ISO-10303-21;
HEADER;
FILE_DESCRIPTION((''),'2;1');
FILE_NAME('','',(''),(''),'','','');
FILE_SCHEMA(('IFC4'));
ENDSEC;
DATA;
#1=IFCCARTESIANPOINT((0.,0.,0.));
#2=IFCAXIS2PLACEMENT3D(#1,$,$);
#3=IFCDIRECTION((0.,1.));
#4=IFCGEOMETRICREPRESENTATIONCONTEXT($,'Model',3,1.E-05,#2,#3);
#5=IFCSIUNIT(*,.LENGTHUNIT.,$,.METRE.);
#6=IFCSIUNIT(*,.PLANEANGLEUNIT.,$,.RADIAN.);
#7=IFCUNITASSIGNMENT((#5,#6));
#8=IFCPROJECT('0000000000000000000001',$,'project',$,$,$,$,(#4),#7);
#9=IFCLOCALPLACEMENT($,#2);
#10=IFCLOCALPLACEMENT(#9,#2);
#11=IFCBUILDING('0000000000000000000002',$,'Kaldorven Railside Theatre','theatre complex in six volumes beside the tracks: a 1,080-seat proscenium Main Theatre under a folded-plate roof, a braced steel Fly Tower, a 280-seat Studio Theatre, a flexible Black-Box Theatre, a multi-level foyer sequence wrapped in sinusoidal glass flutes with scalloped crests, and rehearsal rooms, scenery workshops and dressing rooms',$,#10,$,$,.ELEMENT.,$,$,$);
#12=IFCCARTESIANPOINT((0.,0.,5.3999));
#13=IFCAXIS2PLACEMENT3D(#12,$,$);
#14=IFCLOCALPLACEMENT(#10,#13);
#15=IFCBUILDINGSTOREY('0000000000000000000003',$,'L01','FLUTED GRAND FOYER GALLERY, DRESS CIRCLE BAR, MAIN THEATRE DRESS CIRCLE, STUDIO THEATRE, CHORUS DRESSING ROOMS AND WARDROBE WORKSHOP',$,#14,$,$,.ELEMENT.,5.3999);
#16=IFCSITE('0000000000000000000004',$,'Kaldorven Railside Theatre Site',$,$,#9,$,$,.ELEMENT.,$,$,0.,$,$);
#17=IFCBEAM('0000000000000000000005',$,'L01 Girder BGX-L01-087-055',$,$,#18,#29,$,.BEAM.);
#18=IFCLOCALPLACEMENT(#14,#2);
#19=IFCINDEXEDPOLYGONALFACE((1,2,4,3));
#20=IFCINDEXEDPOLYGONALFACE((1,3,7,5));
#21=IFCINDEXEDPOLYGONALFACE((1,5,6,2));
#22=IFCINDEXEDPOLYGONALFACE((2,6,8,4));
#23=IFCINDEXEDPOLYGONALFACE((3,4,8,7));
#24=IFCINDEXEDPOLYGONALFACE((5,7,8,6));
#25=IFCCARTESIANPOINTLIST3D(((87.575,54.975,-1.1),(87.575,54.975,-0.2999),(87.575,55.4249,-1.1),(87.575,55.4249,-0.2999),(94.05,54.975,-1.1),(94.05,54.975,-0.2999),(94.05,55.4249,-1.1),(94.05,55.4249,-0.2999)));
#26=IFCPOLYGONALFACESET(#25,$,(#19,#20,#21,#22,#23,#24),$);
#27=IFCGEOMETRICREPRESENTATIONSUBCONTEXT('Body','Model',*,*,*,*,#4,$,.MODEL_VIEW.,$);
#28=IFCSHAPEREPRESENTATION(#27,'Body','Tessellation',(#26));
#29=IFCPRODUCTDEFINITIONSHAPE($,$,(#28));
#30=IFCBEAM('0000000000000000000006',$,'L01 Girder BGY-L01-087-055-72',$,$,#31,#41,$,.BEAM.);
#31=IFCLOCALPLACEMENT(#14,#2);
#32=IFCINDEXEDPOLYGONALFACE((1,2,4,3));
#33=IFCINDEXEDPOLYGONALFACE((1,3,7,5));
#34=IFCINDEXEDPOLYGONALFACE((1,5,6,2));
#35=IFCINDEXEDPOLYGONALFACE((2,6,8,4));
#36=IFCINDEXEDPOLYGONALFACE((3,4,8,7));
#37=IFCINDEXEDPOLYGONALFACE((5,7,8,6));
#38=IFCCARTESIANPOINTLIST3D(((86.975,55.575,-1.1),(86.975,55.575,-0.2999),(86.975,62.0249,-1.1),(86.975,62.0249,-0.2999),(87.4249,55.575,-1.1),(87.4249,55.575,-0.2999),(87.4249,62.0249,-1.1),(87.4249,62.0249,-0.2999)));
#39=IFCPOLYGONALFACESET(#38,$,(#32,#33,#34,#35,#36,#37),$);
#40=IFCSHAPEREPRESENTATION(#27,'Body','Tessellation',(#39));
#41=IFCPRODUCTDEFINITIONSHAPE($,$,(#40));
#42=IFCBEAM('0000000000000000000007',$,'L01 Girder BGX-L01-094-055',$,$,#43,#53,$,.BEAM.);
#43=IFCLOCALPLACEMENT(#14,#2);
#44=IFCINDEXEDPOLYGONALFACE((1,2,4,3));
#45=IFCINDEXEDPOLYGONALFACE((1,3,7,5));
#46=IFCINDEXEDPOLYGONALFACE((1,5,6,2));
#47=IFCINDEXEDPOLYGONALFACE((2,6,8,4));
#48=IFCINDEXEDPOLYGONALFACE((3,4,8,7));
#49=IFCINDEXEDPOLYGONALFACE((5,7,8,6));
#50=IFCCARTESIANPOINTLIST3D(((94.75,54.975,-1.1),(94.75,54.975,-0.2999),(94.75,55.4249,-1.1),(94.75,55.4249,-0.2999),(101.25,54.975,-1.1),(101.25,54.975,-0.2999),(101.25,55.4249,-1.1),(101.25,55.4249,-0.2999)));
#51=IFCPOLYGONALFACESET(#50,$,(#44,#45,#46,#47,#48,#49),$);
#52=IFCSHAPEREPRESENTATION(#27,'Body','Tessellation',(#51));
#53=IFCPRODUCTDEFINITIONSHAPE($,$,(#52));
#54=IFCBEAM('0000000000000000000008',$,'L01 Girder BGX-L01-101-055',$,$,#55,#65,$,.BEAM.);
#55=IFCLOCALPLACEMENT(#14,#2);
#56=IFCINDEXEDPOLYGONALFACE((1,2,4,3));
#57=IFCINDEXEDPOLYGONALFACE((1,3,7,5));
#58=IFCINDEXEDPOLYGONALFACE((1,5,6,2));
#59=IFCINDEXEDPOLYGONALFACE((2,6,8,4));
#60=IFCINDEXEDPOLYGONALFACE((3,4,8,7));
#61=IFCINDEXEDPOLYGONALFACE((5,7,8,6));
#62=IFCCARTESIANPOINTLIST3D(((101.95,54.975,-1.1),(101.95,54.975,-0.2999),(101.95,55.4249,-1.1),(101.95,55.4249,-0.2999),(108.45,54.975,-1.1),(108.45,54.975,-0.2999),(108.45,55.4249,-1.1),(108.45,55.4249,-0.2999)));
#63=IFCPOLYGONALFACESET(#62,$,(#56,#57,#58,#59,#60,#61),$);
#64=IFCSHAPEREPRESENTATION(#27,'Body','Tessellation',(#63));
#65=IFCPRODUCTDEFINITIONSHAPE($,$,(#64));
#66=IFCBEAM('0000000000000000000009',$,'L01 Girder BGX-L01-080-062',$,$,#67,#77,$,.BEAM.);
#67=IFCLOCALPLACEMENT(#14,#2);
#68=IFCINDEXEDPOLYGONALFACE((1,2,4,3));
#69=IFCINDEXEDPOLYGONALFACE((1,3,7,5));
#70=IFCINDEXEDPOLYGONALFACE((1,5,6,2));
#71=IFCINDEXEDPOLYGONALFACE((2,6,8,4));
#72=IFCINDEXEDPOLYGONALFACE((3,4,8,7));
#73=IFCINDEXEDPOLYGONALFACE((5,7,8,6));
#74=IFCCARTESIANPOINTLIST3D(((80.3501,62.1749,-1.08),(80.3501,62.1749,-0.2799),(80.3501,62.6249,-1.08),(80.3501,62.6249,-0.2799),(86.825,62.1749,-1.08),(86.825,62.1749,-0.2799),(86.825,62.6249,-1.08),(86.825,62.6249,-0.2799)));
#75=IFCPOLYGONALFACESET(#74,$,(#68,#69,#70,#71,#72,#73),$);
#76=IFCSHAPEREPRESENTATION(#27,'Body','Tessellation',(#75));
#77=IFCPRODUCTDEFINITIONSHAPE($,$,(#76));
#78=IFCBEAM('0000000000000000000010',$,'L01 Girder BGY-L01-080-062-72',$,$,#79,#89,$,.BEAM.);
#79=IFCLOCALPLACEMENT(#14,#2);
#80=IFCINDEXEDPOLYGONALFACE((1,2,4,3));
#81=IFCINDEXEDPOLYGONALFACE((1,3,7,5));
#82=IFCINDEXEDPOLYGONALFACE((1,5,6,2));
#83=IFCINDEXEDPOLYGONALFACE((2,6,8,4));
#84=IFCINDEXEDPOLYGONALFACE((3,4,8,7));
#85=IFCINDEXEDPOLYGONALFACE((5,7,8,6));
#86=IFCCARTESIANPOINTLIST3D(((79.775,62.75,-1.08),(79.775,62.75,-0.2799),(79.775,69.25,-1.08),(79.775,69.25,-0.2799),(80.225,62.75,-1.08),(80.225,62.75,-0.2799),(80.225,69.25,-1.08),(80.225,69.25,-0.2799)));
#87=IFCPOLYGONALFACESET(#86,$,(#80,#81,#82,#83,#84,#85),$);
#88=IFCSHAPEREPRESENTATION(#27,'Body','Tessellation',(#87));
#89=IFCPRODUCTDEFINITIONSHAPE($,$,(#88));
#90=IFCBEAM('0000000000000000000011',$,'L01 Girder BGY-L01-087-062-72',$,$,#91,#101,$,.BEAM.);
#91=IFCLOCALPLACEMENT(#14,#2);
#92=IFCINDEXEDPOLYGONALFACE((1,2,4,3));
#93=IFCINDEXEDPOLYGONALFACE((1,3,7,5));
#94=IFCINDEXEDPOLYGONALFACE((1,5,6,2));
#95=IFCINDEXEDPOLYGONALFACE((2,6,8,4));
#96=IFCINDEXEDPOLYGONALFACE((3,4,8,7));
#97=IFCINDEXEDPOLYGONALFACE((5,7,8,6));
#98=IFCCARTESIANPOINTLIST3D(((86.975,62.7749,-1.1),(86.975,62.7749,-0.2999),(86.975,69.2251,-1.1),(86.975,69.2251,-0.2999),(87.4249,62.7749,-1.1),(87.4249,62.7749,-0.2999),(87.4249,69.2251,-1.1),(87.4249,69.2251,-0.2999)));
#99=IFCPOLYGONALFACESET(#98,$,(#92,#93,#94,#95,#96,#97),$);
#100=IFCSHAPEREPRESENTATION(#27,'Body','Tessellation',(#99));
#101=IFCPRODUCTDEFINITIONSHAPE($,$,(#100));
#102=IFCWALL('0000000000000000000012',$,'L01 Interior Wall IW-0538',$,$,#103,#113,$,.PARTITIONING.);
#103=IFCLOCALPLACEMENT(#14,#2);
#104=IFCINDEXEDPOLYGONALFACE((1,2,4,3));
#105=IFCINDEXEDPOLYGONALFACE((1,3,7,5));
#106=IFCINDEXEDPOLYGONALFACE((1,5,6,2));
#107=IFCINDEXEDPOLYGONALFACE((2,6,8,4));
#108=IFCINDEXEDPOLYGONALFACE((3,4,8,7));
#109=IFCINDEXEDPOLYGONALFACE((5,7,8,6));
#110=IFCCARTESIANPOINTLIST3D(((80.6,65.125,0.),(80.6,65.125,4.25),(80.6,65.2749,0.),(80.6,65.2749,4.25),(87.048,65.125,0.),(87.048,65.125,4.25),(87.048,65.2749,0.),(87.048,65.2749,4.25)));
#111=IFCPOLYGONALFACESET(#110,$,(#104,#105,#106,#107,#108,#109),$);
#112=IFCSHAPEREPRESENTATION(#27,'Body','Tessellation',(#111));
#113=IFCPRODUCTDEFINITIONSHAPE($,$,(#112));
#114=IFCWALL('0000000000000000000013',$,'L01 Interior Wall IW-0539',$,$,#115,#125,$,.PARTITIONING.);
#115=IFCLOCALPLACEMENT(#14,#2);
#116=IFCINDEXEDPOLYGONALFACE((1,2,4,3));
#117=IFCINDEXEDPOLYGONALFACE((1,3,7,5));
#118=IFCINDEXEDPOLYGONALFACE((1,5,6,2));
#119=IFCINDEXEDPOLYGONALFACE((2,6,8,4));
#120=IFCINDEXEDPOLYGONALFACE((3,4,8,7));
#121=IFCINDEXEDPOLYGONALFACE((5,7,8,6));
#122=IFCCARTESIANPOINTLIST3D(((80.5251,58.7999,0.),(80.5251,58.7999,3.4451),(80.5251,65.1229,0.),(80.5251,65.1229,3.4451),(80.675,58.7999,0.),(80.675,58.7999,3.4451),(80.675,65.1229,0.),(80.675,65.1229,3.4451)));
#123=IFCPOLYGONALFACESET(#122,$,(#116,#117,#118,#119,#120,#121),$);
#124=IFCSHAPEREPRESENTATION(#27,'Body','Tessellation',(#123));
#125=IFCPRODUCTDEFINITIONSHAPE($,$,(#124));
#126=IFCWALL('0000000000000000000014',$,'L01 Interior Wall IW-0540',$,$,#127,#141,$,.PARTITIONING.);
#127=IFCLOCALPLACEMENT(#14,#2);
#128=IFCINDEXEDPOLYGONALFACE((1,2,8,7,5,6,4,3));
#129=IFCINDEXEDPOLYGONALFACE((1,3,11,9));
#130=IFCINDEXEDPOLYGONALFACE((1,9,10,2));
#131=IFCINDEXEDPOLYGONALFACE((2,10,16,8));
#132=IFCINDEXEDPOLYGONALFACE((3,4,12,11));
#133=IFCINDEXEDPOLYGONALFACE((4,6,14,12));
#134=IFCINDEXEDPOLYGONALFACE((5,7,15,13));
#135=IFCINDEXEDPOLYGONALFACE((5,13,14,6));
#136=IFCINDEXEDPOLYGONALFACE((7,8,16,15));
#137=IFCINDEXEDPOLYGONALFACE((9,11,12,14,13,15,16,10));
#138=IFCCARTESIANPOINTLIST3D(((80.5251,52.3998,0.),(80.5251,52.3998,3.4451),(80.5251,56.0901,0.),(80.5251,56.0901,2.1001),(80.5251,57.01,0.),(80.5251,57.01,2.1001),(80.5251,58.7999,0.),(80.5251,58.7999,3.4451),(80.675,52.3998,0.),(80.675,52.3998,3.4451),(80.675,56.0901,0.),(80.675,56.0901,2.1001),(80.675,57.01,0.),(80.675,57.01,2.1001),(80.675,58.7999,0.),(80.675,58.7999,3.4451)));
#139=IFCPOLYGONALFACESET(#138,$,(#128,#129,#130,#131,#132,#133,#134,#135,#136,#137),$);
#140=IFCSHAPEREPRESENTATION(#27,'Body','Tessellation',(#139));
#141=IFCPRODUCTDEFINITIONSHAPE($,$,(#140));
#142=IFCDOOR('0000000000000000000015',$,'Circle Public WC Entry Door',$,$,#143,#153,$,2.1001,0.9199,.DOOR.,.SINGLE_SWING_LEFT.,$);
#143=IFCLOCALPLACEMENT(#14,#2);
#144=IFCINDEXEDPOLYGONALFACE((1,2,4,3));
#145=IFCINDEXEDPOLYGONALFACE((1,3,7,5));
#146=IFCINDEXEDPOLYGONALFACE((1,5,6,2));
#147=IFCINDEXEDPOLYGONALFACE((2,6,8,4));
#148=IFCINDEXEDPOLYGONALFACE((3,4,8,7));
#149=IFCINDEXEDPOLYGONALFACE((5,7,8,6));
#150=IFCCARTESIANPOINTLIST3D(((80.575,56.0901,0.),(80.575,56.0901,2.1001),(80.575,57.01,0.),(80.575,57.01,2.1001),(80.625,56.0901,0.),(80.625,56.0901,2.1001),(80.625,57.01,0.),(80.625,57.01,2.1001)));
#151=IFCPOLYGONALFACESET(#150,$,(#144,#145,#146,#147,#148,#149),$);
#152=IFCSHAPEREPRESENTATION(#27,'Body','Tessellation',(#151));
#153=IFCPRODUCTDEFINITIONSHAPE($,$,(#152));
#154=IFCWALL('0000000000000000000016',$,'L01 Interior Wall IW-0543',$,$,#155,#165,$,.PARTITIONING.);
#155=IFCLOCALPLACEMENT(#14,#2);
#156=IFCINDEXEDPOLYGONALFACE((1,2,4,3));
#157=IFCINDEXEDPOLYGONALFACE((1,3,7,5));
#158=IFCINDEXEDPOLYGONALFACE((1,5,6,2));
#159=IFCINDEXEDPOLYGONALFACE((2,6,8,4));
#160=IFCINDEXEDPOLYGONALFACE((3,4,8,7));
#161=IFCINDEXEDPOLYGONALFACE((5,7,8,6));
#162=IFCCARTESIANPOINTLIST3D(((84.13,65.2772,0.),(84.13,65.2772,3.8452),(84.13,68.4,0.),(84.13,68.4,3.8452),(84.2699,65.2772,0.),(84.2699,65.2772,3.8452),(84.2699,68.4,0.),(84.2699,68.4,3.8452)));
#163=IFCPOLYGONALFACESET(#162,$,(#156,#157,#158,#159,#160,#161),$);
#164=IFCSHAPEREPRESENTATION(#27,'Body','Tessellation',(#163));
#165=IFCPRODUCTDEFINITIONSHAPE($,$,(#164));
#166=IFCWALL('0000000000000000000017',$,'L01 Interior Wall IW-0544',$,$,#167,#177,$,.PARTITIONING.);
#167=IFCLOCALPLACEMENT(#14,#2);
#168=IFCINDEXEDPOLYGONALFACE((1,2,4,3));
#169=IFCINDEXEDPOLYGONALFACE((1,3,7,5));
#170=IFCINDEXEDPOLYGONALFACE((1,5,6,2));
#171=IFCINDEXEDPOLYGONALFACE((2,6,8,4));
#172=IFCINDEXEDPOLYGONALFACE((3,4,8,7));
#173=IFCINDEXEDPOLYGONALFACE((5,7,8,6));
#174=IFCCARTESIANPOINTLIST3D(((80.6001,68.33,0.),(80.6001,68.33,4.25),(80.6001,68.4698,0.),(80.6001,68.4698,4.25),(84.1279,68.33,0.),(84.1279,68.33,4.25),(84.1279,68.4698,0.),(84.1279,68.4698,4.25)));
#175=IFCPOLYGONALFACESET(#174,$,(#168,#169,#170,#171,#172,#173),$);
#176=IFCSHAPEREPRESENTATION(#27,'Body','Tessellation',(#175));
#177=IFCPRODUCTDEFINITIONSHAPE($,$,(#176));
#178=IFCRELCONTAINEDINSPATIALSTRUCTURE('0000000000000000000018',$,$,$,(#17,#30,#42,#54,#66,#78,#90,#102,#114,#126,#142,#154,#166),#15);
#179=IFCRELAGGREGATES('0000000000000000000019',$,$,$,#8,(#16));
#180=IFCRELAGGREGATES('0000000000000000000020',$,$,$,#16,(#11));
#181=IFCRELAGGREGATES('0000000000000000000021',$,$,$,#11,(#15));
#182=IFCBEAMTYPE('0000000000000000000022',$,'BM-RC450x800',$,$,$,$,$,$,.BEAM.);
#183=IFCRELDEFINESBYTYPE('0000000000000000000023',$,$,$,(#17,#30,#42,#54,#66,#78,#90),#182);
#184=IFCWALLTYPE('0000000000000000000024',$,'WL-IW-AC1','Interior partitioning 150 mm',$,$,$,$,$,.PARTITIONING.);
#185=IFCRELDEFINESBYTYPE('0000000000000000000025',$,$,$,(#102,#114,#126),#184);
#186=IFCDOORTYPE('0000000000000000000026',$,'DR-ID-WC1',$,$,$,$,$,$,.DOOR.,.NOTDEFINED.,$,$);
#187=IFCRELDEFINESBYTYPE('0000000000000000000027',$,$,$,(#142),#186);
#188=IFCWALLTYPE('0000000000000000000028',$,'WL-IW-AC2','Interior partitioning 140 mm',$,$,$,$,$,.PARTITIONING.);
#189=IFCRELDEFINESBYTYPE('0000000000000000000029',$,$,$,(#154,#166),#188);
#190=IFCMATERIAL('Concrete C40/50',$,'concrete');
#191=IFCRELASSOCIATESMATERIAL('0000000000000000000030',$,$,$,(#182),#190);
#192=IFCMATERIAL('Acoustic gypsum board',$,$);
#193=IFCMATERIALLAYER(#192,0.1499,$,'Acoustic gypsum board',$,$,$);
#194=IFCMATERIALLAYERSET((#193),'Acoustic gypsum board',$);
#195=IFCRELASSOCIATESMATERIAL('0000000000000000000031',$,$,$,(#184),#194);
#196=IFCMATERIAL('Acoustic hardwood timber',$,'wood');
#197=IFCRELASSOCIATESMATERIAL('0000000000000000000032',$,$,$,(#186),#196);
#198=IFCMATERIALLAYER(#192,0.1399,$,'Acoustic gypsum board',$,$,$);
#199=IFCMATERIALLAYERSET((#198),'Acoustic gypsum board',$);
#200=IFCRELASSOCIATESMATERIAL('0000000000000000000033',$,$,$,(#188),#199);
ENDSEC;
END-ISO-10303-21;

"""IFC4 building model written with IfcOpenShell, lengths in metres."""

from ifc_helpers import new_model, si_unit, direction, frame, frame_2d, origin, origin_2d, place, context, subcontext, project, spatial, rectangle, extrude, material, layer, layer_set, material_profile, profile_set, type_object, element, fill, save


model = new_model("IFC4")

# Units and contexts
model_context = context("Model", 3, precision=1e-05, world=origin(), true_north=direction((0.0, 1.0)))
body_context = subcontext(model_context, "Body", "Model", "MODEL_VIEW")
ifc_project = project(units=[si_unit("LENGTHUNIT", "METRE"), si_unit("PLANEANGLEUNIT", "RADIAN")], contexts=[model_context])

# Site, building, storey
site_placement = place(None, origin())
site = spatial("IfcSite", under=ifc_project, at=site_placement, Name="Kaldorven Railside Theatre Site", CompositionType="ELEMENT", RefElevation=0.0)
building_placement = place(site_placement, origin())
building = spatial("IfcBuilding", under=site, at=building_placement, Name="Kaldorven Railside Theatre", Description="theatre complex in six volumes beside the tracks: a 1,080-seat proscenium Main Theatre under a folded-plate roof, a braced steel Fly Tower, a 280-seat Studio Theatre, a flexible Black-Box Theatre, a multi-level foyer sequence wrapped in sinusoidal glass flutes with scalloped crests, and rehearsal rooms, scenery workshops and dressing rooms", CompositionType="ELEMENT")
storey_placement = place(building_placement, frame((0.0, 0.0, 5.3999)))
storey = spatial("IfcBuildingStorey", under=building, at=storey_placement, Name="L01", Description="FLUTED GRAND FOYER GALLERY, DRESS CIRCLE BAR, MAIN THEATRE DRESS CIRCLE, STUDIO THEATRE, CHORUS DRESSING ROOMS AND WARDROBE WORKSHOP", CompositionType="ELEMENT", Elevation=5.3999)

# Shared definitions
ifc_material_1 = material(Name="Concrete C40/50", Category="concrete")

# Beams
ifc_material_profile_1 = material_profile(ifc_material_1, rectangle(XDim=0.45, YDim=0.8, at=origin_2d()), Name="RC 450x800")
ifc_profile_set_1 = profile_set([ifc_material_profile_1], Name="Concrete C40/50")
beam_type_1 = type_object("IfcBeamType", Name="BM-RC450x800", PredefinedType="BEAM", material=ifc_profile_set_1)
beam_1_placement = place(storey_placement, frame((87.575, 55.2, -0.7), z_axis=(1.0, 0.0, 0.0), x_axis=(0.0, 1.0, 0.0)))
element("IfcBeam", 1, at=beam_1_placement, inside=storey, type_object=beam_type_1, Name="L01 Girder BGX-L01-087-055", PredefinedType="BEAM", context=body_context, shape_type="SweptSolid", body=[
    extrude(rectangle(XDim=0.45, YDim=0.8, at=origin_2d()), origin(), (0.0, 0.0, 1.0), 6.4751),
])
beam_2_placement = place(storey_placement, frame((87.2, 55.575, -0.7), z_axis=(0.0, 1.0, 0.0), x_axis=(-1.0, 0.0, 0.0)))
element("IfcBeam", 2, at=beam_2_placement, inside=storey, type_object=beam_type_1, Name="L01 Girder BGY-L01-087-055-72", PredefinedType="BEAM", context=body_context, shape_type="SweptSolid", body=[
    extrude(rectangle(XDim=0.45, YDim=0.8, at=origin_2d()), origin(), (0.0, 0.0, 1.0), 6.45),
])
for number, where, z_axis, x_axis, name in (
    (3, (94.75, 55.2, -0.7), (1.0, 0.0, 0.0), (0.0, 1.0, 0.0), "L01 Girder BGX-L01-094-055"),
    (4, (101.95, 55.2, -0.7), (1.0, 0.0, 0.0), (0.0, 1.0, 0.0), "L01 Girder BGX-L01-101-055"),
):
    element("IfcBeam", number, at=place(storey_placement, frame(where, z_axis=z_axis, x_axis=x_axis)), inside=storey, type_object=beam_type_1, Name=name, PredefinedType="BEAM", context=body_context, shape_type="SweptSolid", body=[
        extrude(rectangle(XDim=0.45, YDim=0.8, at=origin_2d()), origin(), (0.0, 0.0, 1.0), 6.5),
    ])
beam_3_placement = place(storey_placement, frame((80.3501, 62.3999, -0.6799), z_axis=(1.0, 0.0, 0.0), x_axis=(0.0, 1.0, 0.0)))
element("IfcBeam", 5, at=beam_3_placement, inside=storey, type_object=beam_type_1, Name="L01 Girder BGX-L01-080-062", PredefinedType="BEAM", context=body_context, shape_type="SweptSolid", body=[
    extrude(rectangle(XDim=0.45, YDim=0.8, at=origin_2d()), origin(), (0.0, 0.0, 1.0), 6.4749),
])
beam_4_placement = place(storey_placement, frame((80.0, 62.75, -0.6799), z_axis=(0.0, 1.0, 0.0), x_axis=(-1.0, 0.0, 0.0)))
element("IfcBeam", 6, at=beam_4_placement, inside=storey, type_object=beam_type_1, Name="L01 Girder BGY-L01-080-062-72", PredefinedType="BEAM", context=body_context, shape_type="SweptSolid", body=[
    extrude(rectangle(XDim=0.45, YDim=0.8, at=origin_2d()), origin(), (0.0, 0.0, 1.0), 6.5),
])
beam_5_placement = place(storey_placement, frame((87.2, 62.7749, -0.7), z_axis=(0.0, 1.0, 0.0), x_axis=(-1.0, 0.0, 0.0)))
element("IfcBeam", 7, at=beam_5_placement, inside=storey, type_object=beam_type_1, Name="L01 Girder BGY-L01-087-062-72", PredefinedType="BEAM", context=body_context, shape_type="SweptSolid", body=[
    extrude(rectangle(XDim=0.45, YDim=0.8, at=origin_2d()), origin(), (0.0, 0.0, 1.0), 6.4502),
])

# Walls
ifc_material_2 = material(Name="Acoustic gypsum board")
ifc_layer_1 = layer(ifc_material_2, 0.1499, Name="Acoustic gypsum board")
ifc_layer_set_1 = layer_set([ifc_layer_1], Name="Acoustic gypsum board")
wall_type_1 = type_object("IfcWallType", Name="WL-IW-AC1", Description="Interior partitioning 150 mm", PredefinedType="PARTITIONING", material=ifc_layer_set_1)
wall_1_placement = place(storey_placement, frame((87.0481, 65.2, 0.0), z_axis=(0.0, 0.0, 1.0), x_axis=(-1.0, 0.0, 0.0)))
element("IfcWall", 8, at=wall_1_placement, inside=storey, type_object=wall_type_1, Name="L01 Interior Wall IW-0538", PredefinedType="PARTITIONING", context=body_context, shape_type="SweptSolid", body=[
    extrude(rectangle(XDim=6.448, YDim=0.1499, at=frame_2d((3.2241, 0.0))), origin(), (0.0, 0.0, 1.0), 4.25),
])
wall_2_placement = place(storey_placement, frame((80.6001, 65.123, 0.0), z_axis=(0.0, 0.0, 1.0), x_axis=(0.0, -1.0, 0.0)))
element("IfcWall", 9, at=wall_2_placement, inside=storey, type_object=wall_type_1, Name="L01 Interior Wall IW-0539", PredefinedType="PARTITIONING", context=body_context, shape_type="SweptSolid", body=[
    extrude(rectangle(XDim=6.323, YDim=0.1499, at=frame_2d((3.1616, 0.0))), origin(), (0.0, 0.0, 1.0), 3.4451),
])

# Wall, opening, door
wall_3_placement = place(storey_placement, frame((80.6001, 58.8, 0.0), z_axis=(0.0, 0.0, 1.0), x_axis=(0.0, -1.0, 0.0)))
wall_3 = element("IfcWall", 10, at=wall_3_placement, inside=storey, type_object=wall_type_1, Name="L01 Interior Wall IW-0540", PredefinedType="PARTITIONING", context=body_context, shape_type="SweptSolid", body=[
    extrude(rectangle(XDim=6.4001, YDim=0.1499, at=frame_2d((3.2002, 0.0))), origin(), (0.0, 0.0, 1.0), 3.4451),
])
opening_1_placement = place(wall_3_placement, frame((1.79, 0.0, 0.0)))
opening_1 = element("IfcOpeningElement", 11, at=opening_1_placement, cuts=wall_3, PredefinedType="OPENING", context=body_context, shape_type="SweptSolid", body=[
    extrude(rectangle(XDim=0.9199, YDim=2.1001, at=frame_2d((0.46, 1.05))), frame((0.0, 0.085, 0.0), z_axis=(0.0, -1.0, 0.0), x_axis=(1.0, 0.0, 0.0)), (0.0, 0.0, 1.0), 0.1699),
])
ifc_material_3 = material(Name="Acoustic hardwood timber", Category="wood")
door_type_1 = type_object("IfcDoorType", Name="DR-ID-WC1", OperationType="NOTDEFINED", PredefinedType="DOOR", material=ifc_material_3)
door_1_placement = place(opening_1_placement, origin())
door_1 = element("IfcDoor", 12, at=door_1_placement, inside=storey, type_object=door_type_1, Name="Circle Public WC Entry Door", OperationType="SINGLE_SWING_LEFT", OverallHeight=2.1001, OverallWidth=0.9199, PredefinedType="DOOR", context=body_context, shape_type="SweptSolid", body=[
    extrude(rectangle(XDim=0.9199, YDim=2.1001, at=frame_2d((0.46, 1.05))), frame((0.0, 0.0249, 0.0), z_axis=(0.0, -1.0, 0.0), x_axis=(1.0, 0.0, 0.0)), (0.0, 0.0, 1.0), 0.05),
])
fill(opening_1, door_1)

# Walls
ifc_layer_2 = layer(ifc_material_2, 0.1399, Name="Acoustic gypsum board")
ifc_layer_set_2 = layer_set([ifc_layer_2], Name="Acoustic gypsum board")
wall_type_2 = type_object("IfcWallType", Name="WL-IW-AC2", Description="Interior partitioning 140 mm", PredefinedType="PARTITIONING", material=ifc_layer_set_2)
wall_4_placement = place(storey_placement, frame((84.2, 65.2771, 0.0), z_axis=(0.0, 0.0, 1.0), x_axis=(0.0, 1.0, 0.0)))
element("IfcWall", 13, at=wall_4_placement, inside=storey, type_object=wall_type_2, Name="L01 Interior Wall IW-0543", PredefinedType="PARTITIONING", context=body_context, shape_type="SweptSolid", body=[
    extrude(rectangle(XDim=3.1228, YDim=0.1399, at=frame_2d((1.5615, 0.0))), origin(), (0.0, 0.0, 1.0), 3.8452),
])
wall_5_placement = place(storey_placement, frame((84.1279, 68.3999, 0.0), z_axis=(0.0, 0.0, 1.0), x_axis=(-1.0, 0.0, 0.0)))
element("IfcWall", 14, at=wall_5_placement, inside=storey, type_object=wall_type_2, Name="L01 Interior Wall IW-0544", PredefinedType="PARTITIONING", context=body_context, shape_type="SweptSolid", body=[
    extrude(rectangle(XDim=3.5278, YDim=0.1399, at=frame_2d((1.7639, 0.0))), origin(), (0.0, 0.0, 1.0), 4.25),
])

save(model, "model.ifc")
